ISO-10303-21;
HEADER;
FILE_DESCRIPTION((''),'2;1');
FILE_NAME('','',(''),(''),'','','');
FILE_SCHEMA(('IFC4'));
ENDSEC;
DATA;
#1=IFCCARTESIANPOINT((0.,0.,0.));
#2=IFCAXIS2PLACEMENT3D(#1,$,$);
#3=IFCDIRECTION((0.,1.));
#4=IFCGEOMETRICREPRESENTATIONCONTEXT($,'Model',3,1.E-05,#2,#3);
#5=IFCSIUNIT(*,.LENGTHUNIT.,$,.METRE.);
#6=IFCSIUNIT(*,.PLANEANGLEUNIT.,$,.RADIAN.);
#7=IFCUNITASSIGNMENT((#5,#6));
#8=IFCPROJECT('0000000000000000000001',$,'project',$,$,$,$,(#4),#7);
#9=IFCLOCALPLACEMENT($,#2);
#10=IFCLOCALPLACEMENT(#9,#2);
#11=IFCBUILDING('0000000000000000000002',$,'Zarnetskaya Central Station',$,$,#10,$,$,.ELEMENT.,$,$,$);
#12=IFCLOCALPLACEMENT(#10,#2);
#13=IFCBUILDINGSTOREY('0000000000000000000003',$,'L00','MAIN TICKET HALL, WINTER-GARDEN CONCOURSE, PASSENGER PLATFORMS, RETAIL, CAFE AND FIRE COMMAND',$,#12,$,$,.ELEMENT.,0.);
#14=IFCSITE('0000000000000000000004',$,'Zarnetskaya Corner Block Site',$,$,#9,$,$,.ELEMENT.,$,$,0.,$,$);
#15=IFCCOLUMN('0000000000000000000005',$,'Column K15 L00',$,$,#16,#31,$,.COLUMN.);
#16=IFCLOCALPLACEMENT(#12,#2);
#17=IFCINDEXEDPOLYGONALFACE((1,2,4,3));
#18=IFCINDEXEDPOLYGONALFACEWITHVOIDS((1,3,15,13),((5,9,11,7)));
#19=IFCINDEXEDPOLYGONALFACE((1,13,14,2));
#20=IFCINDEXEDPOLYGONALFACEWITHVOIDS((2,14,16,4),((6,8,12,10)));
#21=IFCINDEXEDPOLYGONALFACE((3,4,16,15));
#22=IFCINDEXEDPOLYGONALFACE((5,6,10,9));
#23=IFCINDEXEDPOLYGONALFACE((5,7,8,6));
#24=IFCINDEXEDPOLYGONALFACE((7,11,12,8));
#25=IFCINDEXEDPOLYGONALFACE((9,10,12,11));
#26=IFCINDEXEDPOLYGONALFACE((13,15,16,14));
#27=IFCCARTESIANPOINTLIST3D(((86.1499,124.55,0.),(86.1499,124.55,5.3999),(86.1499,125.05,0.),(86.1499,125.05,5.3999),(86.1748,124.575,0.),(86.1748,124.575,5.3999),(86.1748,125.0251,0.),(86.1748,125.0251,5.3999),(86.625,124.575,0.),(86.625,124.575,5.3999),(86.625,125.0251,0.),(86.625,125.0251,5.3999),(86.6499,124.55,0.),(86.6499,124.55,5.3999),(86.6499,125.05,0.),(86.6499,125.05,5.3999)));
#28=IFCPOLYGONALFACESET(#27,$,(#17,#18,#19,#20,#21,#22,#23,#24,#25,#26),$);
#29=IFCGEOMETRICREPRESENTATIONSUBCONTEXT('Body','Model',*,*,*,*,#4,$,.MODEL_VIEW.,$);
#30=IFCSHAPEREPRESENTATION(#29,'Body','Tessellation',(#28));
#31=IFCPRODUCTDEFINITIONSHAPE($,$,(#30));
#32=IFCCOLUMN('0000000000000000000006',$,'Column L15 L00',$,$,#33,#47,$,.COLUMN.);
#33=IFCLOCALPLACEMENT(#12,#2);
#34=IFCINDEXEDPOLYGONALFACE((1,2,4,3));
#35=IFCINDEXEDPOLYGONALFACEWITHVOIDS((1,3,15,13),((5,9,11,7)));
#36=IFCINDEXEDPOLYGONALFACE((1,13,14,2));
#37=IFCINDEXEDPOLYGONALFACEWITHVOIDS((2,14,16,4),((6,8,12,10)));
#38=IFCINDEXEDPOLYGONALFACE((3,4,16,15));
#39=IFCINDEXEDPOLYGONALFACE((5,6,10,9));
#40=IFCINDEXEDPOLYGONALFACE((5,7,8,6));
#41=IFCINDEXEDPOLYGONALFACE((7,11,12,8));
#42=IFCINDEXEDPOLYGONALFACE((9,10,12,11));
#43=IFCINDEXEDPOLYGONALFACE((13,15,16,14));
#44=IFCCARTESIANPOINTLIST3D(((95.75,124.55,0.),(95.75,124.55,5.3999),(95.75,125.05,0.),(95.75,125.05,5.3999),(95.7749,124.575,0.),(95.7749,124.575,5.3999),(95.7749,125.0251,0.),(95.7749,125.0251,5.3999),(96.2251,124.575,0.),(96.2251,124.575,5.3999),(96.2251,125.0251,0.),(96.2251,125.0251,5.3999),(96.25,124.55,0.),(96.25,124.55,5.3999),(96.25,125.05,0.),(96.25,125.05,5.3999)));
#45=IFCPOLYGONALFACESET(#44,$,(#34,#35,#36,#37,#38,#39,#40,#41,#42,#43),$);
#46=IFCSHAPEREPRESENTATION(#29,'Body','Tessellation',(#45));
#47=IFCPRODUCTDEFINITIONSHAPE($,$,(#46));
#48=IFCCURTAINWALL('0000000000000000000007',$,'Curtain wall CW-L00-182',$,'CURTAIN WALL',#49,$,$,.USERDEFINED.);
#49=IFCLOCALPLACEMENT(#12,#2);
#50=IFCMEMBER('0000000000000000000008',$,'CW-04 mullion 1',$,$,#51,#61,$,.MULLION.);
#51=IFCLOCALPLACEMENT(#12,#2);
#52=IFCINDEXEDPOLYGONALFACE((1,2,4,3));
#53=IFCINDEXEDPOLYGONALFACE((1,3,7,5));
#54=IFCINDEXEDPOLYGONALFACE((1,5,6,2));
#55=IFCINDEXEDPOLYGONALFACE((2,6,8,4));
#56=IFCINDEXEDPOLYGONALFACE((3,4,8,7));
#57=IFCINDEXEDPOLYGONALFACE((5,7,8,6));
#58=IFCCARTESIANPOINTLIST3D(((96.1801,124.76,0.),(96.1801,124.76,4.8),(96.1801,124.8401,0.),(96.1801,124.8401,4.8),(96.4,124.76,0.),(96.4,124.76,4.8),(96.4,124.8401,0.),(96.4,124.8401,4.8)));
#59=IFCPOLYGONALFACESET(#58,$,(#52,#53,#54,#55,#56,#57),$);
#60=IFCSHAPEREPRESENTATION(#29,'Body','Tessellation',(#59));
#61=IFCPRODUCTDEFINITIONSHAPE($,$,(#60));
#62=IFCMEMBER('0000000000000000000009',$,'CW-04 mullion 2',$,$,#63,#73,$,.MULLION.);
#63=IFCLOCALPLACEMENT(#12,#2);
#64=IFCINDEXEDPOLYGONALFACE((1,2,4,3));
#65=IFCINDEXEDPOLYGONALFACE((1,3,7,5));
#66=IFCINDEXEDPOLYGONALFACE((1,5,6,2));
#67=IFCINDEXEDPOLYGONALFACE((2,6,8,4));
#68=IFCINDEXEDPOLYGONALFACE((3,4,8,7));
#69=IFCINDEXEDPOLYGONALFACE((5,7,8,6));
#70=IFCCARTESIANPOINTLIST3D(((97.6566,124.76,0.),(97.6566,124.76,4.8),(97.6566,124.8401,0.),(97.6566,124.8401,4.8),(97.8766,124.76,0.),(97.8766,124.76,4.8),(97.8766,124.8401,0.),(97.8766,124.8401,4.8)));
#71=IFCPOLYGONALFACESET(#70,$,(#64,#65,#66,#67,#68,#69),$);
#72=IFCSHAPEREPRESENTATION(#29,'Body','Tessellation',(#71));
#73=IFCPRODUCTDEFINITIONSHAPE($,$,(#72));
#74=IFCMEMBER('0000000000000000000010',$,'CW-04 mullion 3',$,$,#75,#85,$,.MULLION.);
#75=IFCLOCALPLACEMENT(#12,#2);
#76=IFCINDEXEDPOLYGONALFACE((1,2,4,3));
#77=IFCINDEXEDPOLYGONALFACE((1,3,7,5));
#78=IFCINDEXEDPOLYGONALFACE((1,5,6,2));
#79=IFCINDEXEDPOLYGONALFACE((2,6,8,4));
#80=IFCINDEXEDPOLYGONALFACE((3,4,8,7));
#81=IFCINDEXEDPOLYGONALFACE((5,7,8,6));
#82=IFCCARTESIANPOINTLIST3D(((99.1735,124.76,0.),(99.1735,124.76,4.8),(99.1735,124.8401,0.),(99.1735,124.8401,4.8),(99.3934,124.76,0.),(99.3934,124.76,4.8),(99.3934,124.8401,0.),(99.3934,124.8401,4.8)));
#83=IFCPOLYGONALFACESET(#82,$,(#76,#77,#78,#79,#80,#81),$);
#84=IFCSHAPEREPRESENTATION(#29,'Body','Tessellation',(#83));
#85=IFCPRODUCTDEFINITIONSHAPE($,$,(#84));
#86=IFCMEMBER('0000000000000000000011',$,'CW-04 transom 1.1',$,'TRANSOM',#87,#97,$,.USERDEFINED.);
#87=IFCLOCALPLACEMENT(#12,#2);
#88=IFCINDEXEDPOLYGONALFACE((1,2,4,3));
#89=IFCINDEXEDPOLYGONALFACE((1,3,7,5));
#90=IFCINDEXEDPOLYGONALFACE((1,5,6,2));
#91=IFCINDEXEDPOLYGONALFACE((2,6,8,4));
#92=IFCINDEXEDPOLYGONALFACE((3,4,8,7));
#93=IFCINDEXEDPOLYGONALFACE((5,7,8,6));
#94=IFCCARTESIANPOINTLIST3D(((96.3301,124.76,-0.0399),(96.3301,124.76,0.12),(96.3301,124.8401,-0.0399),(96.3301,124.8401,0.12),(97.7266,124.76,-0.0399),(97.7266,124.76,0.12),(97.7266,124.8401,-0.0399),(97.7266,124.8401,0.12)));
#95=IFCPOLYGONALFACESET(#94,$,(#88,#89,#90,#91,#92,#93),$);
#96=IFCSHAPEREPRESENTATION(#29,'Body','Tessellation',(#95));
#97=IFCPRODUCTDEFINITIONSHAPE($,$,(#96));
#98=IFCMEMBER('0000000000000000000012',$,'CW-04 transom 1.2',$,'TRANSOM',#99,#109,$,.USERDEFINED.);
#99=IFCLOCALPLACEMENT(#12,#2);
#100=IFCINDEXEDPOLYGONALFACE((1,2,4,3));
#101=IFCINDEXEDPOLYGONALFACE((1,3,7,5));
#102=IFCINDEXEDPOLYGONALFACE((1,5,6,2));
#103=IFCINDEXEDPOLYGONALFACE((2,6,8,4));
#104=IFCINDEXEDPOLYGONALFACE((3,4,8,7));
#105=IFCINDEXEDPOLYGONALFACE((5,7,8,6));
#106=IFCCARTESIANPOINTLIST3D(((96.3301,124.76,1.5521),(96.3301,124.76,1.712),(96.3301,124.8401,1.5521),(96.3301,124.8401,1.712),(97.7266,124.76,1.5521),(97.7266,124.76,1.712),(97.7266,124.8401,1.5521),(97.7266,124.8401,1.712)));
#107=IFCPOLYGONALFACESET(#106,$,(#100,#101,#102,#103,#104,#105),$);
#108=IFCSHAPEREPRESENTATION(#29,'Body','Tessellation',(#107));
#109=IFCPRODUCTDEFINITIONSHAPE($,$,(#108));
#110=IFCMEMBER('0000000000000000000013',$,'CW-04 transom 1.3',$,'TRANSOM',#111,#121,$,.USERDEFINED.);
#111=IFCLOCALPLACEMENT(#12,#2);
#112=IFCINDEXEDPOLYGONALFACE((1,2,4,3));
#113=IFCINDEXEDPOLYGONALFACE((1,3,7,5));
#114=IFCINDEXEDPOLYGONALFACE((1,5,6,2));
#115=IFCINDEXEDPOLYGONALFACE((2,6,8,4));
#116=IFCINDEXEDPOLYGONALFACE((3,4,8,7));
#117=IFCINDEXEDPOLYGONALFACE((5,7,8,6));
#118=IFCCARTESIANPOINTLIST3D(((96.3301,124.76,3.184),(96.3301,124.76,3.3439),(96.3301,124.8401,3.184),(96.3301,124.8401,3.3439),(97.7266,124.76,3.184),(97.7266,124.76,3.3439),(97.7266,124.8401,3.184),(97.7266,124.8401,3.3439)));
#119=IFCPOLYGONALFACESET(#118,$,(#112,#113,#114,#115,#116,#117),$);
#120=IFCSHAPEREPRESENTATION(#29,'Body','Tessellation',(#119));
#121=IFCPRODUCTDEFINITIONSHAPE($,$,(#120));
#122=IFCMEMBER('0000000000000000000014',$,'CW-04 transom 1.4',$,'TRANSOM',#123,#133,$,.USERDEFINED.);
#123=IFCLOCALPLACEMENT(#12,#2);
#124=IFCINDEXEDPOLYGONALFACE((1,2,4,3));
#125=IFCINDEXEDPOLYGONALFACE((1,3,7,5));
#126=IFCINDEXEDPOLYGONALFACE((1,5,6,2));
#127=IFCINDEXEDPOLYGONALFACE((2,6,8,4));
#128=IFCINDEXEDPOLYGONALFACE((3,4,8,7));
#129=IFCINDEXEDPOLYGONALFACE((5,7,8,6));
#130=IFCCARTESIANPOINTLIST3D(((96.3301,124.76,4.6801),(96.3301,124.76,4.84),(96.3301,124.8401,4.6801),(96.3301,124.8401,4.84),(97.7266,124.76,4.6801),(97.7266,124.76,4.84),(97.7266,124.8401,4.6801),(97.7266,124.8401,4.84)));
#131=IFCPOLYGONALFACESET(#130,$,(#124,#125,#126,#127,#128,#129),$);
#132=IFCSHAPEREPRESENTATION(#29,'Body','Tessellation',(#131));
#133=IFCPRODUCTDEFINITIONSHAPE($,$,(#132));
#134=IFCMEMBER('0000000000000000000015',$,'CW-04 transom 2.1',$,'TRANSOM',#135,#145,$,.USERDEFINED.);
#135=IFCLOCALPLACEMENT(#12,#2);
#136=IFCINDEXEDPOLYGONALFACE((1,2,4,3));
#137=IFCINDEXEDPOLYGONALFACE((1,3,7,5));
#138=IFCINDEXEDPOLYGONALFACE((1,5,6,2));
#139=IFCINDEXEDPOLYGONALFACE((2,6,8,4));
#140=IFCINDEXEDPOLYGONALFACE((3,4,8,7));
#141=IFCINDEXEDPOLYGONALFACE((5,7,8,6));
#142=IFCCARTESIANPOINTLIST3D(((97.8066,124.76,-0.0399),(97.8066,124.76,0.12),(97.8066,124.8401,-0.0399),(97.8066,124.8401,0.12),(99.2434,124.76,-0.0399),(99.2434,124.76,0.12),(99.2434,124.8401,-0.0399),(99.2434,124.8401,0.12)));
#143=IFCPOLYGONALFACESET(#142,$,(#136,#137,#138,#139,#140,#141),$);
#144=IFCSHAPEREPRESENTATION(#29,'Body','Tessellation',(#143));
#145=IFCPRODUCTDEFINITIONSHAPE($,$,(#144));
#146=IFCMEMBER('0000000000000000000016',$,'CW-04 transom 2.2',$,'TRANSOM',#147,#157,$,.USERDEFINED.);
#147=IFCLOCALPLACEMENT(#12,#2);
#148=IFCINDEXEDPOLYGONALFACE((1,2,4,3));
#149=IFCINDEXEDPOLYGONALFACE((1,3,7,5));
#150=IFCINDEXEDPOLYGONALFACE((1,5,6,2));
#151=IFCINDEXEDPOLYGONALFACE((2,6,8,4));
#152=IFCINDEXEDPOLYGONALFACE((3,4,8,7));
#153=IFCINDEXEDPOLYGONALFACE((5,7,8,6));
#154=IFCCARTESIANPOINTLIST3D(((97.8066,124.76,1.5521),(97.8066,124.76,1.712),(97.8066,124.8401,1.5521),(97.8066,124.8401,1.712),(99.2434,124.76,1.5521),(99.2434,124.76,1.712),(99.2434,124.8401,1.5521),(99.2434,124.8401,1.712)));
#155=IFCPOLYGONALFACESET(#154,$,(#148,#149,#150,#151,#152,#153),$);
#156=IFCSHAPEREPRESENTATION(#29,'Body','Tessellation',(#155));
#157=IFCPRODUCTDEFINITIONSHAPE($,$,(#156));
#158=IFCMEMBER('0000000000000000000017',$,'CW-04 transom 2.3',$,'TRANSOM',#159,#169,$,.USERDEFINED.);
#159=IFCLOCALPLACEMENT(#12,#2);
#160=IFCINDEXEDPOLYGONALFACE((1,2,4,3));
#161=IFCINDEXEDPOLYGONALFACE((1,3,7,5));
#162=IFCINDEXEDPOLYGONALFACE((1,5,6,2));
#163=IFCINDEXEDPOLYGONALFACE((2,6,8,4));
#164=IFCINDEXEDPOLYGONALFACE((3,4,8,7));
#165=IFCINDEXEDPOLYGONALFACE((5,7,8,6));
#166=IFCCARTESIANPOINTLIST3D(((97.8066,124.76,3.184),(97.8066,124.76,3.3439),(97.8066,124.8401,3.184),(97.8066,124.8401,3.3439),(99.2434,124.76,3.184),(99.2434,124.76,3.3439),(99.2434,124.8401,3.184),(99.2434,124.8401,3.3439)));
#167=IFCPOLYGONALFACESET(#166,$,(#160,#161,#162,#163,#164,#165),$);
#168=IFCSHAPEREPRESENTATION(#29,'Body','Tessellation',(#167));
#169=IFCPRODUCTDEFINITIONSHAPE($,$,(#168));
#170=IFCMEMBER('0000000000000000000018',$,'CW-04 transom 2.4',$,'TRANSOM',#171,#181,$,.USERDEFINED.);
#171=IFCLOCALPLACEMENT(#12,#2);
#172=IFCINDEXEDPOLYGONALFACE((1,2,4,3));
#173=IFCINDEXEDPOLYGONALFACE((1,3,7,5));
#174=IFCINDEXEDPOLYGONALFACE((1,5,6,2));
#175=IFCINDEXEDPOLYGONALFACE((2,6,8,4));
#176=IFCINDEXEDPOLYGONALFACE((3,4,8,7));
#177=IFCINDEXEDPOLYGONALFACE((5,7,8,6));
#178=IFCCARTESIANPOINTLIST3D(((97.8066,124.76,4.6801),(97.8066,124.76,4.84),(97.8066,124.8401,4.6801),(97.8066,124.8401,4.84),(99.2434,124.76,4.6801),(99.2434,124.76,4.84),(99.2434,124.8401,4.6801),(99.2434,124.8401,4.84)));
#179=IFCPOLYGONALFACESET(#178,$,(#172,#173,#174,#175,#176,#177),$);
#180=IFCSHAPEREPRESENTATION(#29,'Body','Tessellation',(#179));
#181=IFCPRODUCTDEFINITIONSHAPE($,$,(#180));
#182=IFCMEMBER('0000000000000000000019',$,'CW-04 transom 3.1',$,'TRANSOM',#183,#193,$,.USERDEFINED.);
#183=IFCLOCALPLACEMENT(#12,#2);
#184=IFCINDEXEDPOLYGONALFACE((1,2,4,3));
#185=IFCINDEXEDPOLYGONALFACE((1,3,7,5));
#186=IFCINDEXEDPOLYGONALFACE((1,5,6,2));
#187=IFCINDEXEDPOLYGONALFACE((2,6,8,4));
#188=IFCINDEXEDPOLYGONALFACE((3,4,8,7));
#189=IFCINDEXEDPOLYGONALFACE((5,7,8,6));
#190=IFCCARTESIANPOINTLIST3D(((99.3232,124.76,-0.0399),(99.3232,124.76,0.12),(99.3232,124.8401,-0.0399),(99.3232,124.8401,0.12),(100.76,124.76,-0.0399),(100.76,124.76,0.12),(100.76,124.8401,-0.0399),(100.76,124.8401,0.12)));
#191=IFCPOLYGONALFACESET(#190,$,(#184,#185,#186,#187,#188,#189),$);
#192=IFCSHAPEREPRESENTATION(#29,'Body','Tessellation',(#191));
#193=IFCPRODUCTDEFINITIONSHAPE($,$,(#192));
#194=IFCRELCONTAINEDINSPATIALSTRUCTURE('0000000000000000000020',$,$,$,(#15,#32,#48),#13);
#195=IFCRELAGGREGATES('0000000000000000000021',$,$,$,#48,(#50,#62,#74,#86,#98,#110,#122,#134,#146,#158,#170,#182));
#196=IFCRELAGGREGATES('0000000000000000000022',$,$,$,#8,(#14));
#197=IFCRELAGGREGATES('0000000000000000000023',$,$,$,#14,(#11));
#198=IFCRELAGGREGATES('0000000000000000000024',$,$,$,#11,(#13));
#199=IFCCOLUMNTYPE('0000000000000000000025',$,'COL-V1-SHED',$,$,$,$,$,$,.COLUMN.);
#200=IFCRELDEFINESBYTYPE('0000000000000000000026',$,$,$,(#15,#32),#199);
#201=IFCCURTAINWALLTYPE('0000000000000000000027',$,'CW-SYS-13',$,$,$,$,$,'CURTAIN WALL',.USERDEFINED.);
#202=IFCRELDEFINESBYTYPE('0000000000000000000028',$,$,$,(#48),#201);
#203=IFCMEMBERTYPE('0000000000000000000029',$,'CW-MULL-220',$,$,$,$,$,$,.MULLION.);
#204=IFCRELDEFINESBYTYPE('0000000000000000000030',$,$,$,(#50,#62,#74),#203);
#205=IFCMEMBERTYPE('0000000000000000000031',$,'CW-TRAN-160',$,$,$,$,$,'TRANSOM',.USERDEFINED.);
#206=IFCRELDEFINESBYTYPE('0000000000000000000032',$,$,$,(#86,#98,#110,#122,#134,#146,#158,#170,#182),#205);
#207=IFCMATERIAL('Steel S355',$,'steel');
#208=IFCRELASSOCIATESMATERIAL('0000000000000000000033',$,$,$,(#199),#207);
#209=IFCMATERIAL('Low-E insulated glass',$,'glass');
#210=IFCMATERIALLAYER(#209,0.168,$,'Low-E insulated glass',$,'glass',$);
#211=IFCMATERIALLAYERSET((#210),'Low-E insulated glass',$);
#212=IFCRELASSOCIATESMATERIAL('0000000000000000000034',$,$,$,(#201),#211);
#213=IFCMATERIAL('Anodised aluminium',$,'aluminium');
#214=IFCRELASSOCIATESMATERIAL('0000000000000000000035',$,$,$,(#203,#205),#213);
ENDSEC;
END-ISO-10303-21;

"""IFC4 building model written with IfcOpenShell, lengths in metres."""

from ifc_helpers import new_model, si_unit, direction, frame, origin, origin_2d, place, context, subcontext, project, spatial, rectangle, hollow_rectangle, extrude, material, layer, layer_set, material_profile, profile_set, type_object, element, aggregate, save


model = new_model("IFC4")

# Units and contexts
model_context = context("Model", 3, precision=1e-05, world=origin(), true_north=direction((0.0, 1.0)))
body_context = subcontext(model_context, "Body", "Model", "MODEL_VIEW")
ifc_project = project(units=[si_unit("LENGTHUNIT", "METRE"), si_unit("PLANEANGLEUNIT", "RADIAN")], contexts=[model_context])

# Site, building, storey
site_placement = place(None, origin())
site = spatial("IfcSite", under=ifc_project, at=site_placement, Name="Zarnetskaya Corner Block Site", CompositionType="ELEMENT", RefElevation=0.0)
building_placement = place(site_placement, origin())
building = spatial("IfcBuilding", under=site, at=building_placement, Name="Zarnetskaya Central Station", CompositionType="ELEMENT")
storey_placement = place(building_placement, origin())
storey = spatial("IfcBuildingStorey", under=building, at=storey_placement, Name="L00", Description="MAIN TICKET HALL, WINTER-GARDEN CONCOURSE, PASSENGER PLATFORMS, RETAIL, CAFE AND FIRE COMMAND", CompositionType="ELEMENT", Elevation=0.0)

# Columns
ifc_material_1 = material(Name="Steel S355", Category="steel")
ifc_material_profile_1 = material_profile(ifc_material_1, hollow_rectangle(XDim=0.5, YDim=0.5, WallThickness=0.0249, at=origin_2d()), Name="BOX 500x500x25")
ifc_profile_set_1 = profile_set([ifc_material_profile_1], Name="Steel S355")
column_type = type_object("IfcColumnType", Name="COL-V1-SHED", PredefinedType="COLUMN", material=ifc_profile_set_1)
for number, where, z_axis, x_axis, name in (
    (1, (86.3999, 124.8, 0.0), (0.0, 0.0, 1.0), (1.0, 0.0, 0.0), "Column K15 L00"),
    (2, (96.0, 124.8, 0.0), (0.0, 0.0, 1.0), (1.0, 0.0, 0.0), "Column L15 L00"),
):
    element("IfcColumn", number, at=place(storey_placement, frame(where, z_axis=z_axis, x_axis=x_axis)), inside=storey, type_object=column_type, Name=name, PredefinedType="COLUMN", context=body_context, shape_type="SweptSolid", body=[
        extrude(hollow_rectangle(XDim=0.5, YDim=0.5, WallThickness=0.0249, at=origin_2d()), origin(), (0.0, 0.0, 1.0), 5.3999),
    ])

# Curtain wall, members
ifc_material_2 = material(Name="Low-E insulated glass", Category="glass")
ifc_layer_1 = layer(ifc_material_2, 0.168, Name="Low-E insulated glass", Category="glass")
ifc_layer_set_1 = layer_set([ifc_layer_1], Name="Low-E insulated glass")
curtain_wall_type = type_object("IfcCurtainWallType", Name="CW-SYS-13", ElementType="CURTAIN WALL", PredefinedType="USERDEFINED", material=ifc_layer_set_1)
curtain_wall_placement = place(storey_placement, origin())
curtain_wall = element("IfcCurtainWall", 3, at=curtain_wall_placement, inside=storey, type_object=curtain_wall_type, Name="Curtain wall CW-L00-182", ObjectType="CURTAIN WALL", PredefinedType="USERDEFINED")
ifc_material_3 = material(Name="Anodised aluminium", Category="aluminium")
ifc_material_profile_2 = material_profile(ifc_material_3, rectangle(XDim=0.0801, YDim=0.22, at=origin_2d()), Name="ALU MULL 80x220")
ifc_profile_set_2 = profile_set([ifc_material_profile_2], Name="Anodised aluminium")
member_type_1 = type_object("IfcMemberType", Name="CW-MULL-220", PredefinedType="MULLION", material=ifc_profile_set_2)
member_1_placement = place(storey_placement, frame((96.29, 124.8, 0.0), z_axis=(0.0, 0.0, 1.0), x_axis=(0.0, 1.0, 0.0)))
member_1 = element("IfcMember", 4, at=member_1_placement, type_object=member_type_1, Name="CW-04 mullion 1", PredefinedType="MULLION", context=body_context, shape_type="SweptSolid", body=[
    extrude(rectangle(XDim=0.0801, YDim=0.22, at=origin_2d()), origin(), (0.0, 0.0, 1.0), 4.8),
])
member_2_placement = place(storey_placement, frame((97.7666, 124.8, 0.0), z_axis=(0.0, 0.0, 1.0), x_axis=(0.0, 1.0, 0.0)))
member_2 = element("IfcMember", 5, at=member_2_placement, type_object=member_type_1, Name="CW-04 mullion 2", PredefinedType="MULLION", context=body_context, shape_type="SweptSolid", body=[
    extrude(rectangle(XDim=0.0801, YDim=0.22, at=origin_2d()), origin(), (0.0, 0.0, 1.0), 4.8),
])
member_3_placement = place(storey_placement, frame((99.2834, 124.8, 0.0), z_axis=(0.0, 0.0, 1.0), x_axis=(0.0, 1.0, 0.0)))
member_3 = element("IfcMember", 6, at=member_3_placement, type_object=member_type_1, Name="CW-04 mullion 3", PredefinedType="MULLION", context=body_context, shape_type="SweptSolid", body=[
    extrude(rectangle(XDim=0.0801, YDim=0.22, at=origin_2d()), origin(), (0.0, 0.0, 1.0), 4.8),
])
ifc_material_profile_3 = material_profile(ifc_material_3, rectangle(XDim=0.0801, YDim=0.1599, at=origin_2d()), Name="ALU TRAN 80x160")
ifc_profile_set_3 = profile_set([ifc_material_profile_3], Name="Anodised aluminium")
member_type_2 = type_object("IfcMemberType", Name="CW-TRAN-160", ElementType="TRANSOM", PredefinedType="USERDEFINED", material=ifc_profile_set_3)
member_4_placement = place(storey_placement, frame((96.3301, 124.8, 0.04), z_axis=(1.0, 0.0, 0.0), x_axis=(0.0, 1.0, 0.0)))
member_4 = element("IfcMember", 7, at=member_4_placement, type_object=member_type_2, Name="CW-04 transom 1.1", ObjectType="TRANSOM", PredefinedType="USERDEFINED", context=body_context, shape_type="SweptSolid", body=[
    extrude(rectangle(XDim=0.0801, YDim=0.1599, at=origin_2d()), origin(), (0.0, 0.0, 1.0), 1.3965),
])
member_5_placement = place(storey_placement, frame((96.3301, 124.8, 1.6321), z_axis=(1.0, 0.0, 0.0), x_axis=(0.0, 1.0, 0.0)))
member_5 = element("IfcMember", 8, at=member_5_placement, type_object=member_type_2, Name="CW-04 transom 1.2", ObjectType="TRANSOM", PredefinedType="USERDEFINED", context=body_context, shape_type="SweptSolid", body=[
    extrude(rectangle(XDim=0.0801, YDim=0.1599, at=origin_2d()), origin(), (0.0, 0.0, 1.0), 1.3965),
])
member_6_placement = place(storey_placement, frame((96.3301, 124.8, 3.2639), z_axis=(1.0, 0.0, 0.0), x_axis=(0.0, 1.0, 0.0)))
member_6 = element("IfcMember", 9, at=member_6_placement, type_object=member_type_2, Name="CW-04 transom 1.3", ObjectType="TRANSOM", PredefinedType="USERDEFINED", context=body_context, shape_type="SweptSolid", body=[
    extrude(rectangle(XDim=0.0801, YDim=0.1599, at=origin_2d()), origin(), (0.0, 0.0, 1.0), 1.3965),
])
member_7_placement = place(storey_placement, frame((96.3301, 124.8, 4.76), z_axis=(1.0, 0.0, 0.0), x_axis=(0.0, 1.0, 0.0)))
member_7 = element("IfcMember", 10, at=member_7_placement, type_object=member_type_2, Name="CW-04 transom 1.4", ObjectType="TRANSOM", PredefinedType="USERDEFINED", context=body_context, shape_type="SweptSolid", body=[
    extrude(rectangle(XDim=0.0801, YDim=0.1599, at=origin_2d()), origin(), (0.0, 0.0, 1.0), 1.3965),
])
member_8_placement = place(storey_placement, frame((97.8066, 124.8, 0.04), z_axis=(1.0, 0.0, 0.0), x_axis=(0.0, 1.0, 0.0)))
member_8 = element("IfcMember", 11, at=member_8_placement, type_object=member_type_2, Name="CW-04 transom 2.1", ObjectType="TRANSOM", PredefinedType="USERDEFINED", context=body_context, shape_type="SweptSolid", body=[
    extrude(rectangle(XDim=0.0801, YDim=0.1599, at=origin_2d()), origin(), (0.0, 0.0, 1.0), 1.4368),
])
member_9_placement = place(storey_placement, frame((97.8066, 124.8, 1.6321), z_axis=(1.0, 0.0, 0.0), x_axis=(0.0, 1.0, 0.0)))
member_9 = element("IfcMember", 12, at=member_9_placement, type_object=member_type_2, Name="CW-04 transom 2.2", ObjectType="TRANSOM", PredefinedType="USERDEFINED", context=body_context, shape_type="SweptSolid", body=[
    extrude(rectangle(XDim=0.0801, YDim=0.1599, at=origin_2d()), origin(), (0.0, 0.0, 1.0), 1.4368),
])
member_10_placement = place(storey_placement, frame((97.8066, 124.8, 3.2639), z_axis=(1.0, 0.0, 0.0), x_axis=(0.0, 1.0, 0.0)))
member_10 = element("IfcMember", 13, at=member_10_placement, type_object=member_type_2, Name="CW-04 transom 2.3", ObjectType="TRANSOM", PredefinedType="USERDEFINED", context=body_context, shape_type="SweptSolid", body=[
    extrude(rectangle(XDim=0.0801, YDim=0.1599, at=origin_2d()), origin(), (0.0, 0.0, 1.0), 1.4368),
])
member_11_placement = place(storey_placement, frame((97.8066, 124.8, 4.76), z_axis=(1.0, 0.0, 0.0), x_axis=(0.0, 1.0, 0.0)))
member_11 = element("IfcMember", 14, at=member_11_placement, type_object=member_type_2, Name="CW-04 transom 2.4", ObjectType="TRANSOM", PredefinedType="USERDEFINED", context=body_context, shape_type="SweptSolid", body=[
    extrude(rectangle(XDim=0.0801, YDim=0.1599, at=origin_2d()), origin(), (0.0, 0.0, 1.0), 1.4368),
])
member_12_placement = place(storey_placement, frame((99.3232, 124.8, 0.04), z_axis=(1.0, 0.0, 0.0), x_axis=(0.0, 1.0, 0.0)))
member_12 = element("IfcMember", 15, at=member_12_placement, type_object=member_type_2, Name="CW-04 transom 3.1", ObjectType="TRANSOM", PredefinedType="USERDEFINED", context=body_context, shape_type="SweptSolid", body=[
    extrude(rectangle(XDim=0.0801, YDim=0.1599, at=origin_2d()), origin(), (0.0, 0.0, 1.0), 1.4368),
])
aggregate(curtain_wall, [member_1, member_2, member_3, member_4, member_5, member_6, member_7, member_8, member_9, member_10, member_11, member_12])

save(model, "model.ifc")
